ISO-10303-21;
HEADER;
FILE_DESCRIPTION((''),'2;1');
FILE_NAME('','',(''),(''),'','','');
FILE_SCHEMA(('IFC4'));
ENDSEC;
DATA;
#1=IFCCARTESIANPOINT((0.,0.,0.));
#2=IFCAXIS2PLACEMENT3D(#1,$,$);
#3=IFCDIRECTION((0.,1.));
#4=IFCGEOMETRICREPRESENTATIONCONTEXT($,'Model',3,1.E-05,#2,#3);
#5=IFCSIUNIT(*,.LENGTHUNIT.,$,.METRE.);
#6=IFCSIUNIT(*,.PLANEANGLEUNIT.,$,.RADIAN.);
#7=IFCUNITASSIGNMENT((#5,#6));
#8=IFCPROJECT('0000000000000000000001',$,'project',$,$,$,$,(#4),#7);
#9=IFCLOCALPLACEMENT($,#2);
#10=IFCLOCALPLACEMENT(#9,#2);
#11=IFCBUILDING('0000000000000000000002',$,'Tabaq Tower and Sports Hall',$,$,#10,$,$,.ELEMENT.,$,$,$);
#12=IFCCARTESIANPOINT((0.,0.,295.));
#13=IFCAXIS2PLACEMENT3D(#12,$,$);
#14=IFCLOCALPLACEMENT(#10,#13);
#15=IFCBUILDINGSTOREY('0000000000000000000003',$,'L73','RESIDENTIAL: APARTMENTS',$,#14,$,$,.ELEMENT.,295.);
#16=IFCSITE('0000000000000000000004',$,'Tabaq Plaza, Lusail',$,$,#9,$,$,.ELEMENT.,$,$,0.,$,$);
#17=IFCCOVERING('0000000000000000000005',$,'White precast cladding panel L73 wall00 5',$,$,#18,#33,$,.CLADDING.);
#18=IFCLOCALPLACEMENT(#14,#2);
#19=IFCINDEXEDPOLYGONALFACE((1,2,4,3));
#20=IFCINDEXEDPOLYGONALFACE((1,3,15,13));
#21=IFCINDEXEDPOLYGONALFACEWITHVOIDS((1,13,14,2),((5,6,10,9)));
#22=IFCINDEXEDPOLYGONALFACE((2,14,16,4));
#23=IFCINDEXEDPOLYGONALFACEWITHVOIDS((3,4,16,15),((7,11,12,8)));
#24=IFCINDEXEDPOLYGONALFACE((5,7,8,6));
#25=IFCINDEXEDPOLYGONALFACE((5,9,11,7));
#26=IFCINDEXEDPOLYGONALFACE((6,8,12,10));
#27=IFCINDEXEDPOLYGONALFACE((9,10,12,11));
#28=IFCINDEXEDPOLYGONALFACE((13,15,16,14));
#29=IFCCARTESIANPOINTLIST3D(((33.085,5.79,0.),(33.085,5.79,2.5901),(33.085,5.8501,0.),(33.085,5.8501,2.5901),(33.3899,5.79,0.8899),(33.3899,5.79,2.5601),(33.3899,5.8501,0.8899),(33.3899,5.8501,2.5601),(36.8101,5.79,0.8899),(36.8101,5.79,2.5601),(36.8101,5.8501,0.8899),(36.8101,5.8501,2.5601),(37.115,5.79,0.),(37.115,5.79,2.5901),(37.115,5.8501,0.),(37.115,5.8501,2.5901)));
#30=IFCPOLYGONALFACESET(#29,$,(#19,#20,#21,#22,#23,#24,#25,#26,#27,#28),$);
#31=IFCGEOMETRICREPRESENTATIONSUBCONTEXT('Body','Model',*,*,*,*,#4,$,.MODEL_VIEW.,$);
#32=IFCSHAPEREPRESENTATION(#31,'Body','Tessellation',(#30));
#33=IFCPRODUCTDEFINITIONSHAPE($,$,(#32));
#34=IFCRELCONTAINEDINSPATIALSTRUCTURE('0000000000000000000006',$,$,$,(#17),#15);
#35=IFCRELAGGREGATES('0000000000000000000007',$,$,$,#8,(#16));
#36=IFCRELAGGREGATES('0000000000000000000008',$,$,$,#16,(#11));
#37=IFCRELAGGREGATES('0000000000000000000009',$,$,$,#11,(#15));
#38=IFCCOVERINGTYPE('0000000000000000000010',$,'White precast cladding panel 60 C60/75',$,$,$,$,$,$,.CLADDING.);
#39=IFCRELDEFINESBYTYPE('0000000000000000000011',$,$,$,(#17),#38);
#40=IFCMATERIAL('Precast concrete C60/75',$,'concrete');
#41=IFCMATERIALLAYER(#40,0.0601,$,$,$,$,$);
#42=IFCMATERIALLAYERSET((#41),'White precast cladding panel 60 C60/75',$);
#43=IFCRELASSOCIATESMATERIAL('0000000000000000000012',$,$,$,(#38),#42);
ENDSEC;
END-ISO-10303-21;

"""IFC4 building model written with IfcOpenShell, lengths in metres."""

from ifc_helpers import new_model, si_unit, direction, frame, origin, place, context, subcontext, project, spatial, polyline, outline, extrude, material, layer, layer_set, type_object, element, save


model = new_model("IFC4")

# Units and contexts
model_context = context("Model", 3, precision=1e-05, world=origin(), true_north=direction((0.0, 1.0)))
body_context = subcontext(model_context, "Body", "Model", "MODEL_VIEW")
ifc_project = project(units=[si_unit("LENGTHUNIT", "METRE"), si_unit("PLANEANGLEUNIT", "RADIAN")], contexts=[model_context])

# Site, building, storey
site_placement = place(None, origin())
site = spatial("IfcSite", under=ifc_project, at=site_placement, Name="Tabaq Plaza, Lusail", CompositionType="ELEMENT", RefElevation=0.0)
building_placement = place(site_placement, origin())
building = spatial("IfcBuilding", under=site, at=building_placement, Name="Tabaq Tower and Sports Hall", CompositionType="ELEMENT")
storey_placement = place(building_placement, frame((0.0, 0.0, 295.0)))
storey = spatial("IfcBuildingStorey", under=building, at=storey_placement, Name="L73", Description="RESIDENTIAL: APARTMENTS", CompositionType="ELEMENT", Elevation=295.0)

# Covering
ifc_material_1 = material(Name="Precast concrete C60/75", Category="concrete")
ifc_layer_1 = layer(ifc_material_1, 0.0601)
ifc_layer_set_1 = layer_set([ifc_layer_1], Name="White precast cladding panel 60 C60/75")
covering_type = type_object("IfcCoveringType", Name="White precast cladding panel 60 C60/75", PredefinedType="CLADDING", material=ifc_layer_set_1)
covering_1_placement = place(storey_placement, frame((33.085, 5.8201, 0.0), z_axis=(0.0, 0.0, 1.0), x_axis=(1.0, 0.0, 0.0)))
element("IfcCovering", 1, at=covering_1_placement, inside=storey, type_object=covering_type, Name="White precast cladding panel L73 wall00 5", PredefinedType="CLADDING", context=body_context, shape_type="SweptSolid", body=[
    extrude(outline(polyline([(0.0, 0.0), (4.03, 0.0), (4.03, 2.5901), (0.0, 2.5901), (0.0, 0.0)]), holes=[polyline([(3.7251, 0.8899), (0.3049, 0.8899), (0.3049, 2.5601), (3.7251, 2.5601), (3.7251, 0.8899)])]), frame((0.0, 0.03, 0.0), z_axis=(0.0, -1.0, 0.0), x_axis=(1.0, 0.0, 0.0)), (0.0, 0.0, 1.0), 0.0601),
])

save(model, "model.ifc")
